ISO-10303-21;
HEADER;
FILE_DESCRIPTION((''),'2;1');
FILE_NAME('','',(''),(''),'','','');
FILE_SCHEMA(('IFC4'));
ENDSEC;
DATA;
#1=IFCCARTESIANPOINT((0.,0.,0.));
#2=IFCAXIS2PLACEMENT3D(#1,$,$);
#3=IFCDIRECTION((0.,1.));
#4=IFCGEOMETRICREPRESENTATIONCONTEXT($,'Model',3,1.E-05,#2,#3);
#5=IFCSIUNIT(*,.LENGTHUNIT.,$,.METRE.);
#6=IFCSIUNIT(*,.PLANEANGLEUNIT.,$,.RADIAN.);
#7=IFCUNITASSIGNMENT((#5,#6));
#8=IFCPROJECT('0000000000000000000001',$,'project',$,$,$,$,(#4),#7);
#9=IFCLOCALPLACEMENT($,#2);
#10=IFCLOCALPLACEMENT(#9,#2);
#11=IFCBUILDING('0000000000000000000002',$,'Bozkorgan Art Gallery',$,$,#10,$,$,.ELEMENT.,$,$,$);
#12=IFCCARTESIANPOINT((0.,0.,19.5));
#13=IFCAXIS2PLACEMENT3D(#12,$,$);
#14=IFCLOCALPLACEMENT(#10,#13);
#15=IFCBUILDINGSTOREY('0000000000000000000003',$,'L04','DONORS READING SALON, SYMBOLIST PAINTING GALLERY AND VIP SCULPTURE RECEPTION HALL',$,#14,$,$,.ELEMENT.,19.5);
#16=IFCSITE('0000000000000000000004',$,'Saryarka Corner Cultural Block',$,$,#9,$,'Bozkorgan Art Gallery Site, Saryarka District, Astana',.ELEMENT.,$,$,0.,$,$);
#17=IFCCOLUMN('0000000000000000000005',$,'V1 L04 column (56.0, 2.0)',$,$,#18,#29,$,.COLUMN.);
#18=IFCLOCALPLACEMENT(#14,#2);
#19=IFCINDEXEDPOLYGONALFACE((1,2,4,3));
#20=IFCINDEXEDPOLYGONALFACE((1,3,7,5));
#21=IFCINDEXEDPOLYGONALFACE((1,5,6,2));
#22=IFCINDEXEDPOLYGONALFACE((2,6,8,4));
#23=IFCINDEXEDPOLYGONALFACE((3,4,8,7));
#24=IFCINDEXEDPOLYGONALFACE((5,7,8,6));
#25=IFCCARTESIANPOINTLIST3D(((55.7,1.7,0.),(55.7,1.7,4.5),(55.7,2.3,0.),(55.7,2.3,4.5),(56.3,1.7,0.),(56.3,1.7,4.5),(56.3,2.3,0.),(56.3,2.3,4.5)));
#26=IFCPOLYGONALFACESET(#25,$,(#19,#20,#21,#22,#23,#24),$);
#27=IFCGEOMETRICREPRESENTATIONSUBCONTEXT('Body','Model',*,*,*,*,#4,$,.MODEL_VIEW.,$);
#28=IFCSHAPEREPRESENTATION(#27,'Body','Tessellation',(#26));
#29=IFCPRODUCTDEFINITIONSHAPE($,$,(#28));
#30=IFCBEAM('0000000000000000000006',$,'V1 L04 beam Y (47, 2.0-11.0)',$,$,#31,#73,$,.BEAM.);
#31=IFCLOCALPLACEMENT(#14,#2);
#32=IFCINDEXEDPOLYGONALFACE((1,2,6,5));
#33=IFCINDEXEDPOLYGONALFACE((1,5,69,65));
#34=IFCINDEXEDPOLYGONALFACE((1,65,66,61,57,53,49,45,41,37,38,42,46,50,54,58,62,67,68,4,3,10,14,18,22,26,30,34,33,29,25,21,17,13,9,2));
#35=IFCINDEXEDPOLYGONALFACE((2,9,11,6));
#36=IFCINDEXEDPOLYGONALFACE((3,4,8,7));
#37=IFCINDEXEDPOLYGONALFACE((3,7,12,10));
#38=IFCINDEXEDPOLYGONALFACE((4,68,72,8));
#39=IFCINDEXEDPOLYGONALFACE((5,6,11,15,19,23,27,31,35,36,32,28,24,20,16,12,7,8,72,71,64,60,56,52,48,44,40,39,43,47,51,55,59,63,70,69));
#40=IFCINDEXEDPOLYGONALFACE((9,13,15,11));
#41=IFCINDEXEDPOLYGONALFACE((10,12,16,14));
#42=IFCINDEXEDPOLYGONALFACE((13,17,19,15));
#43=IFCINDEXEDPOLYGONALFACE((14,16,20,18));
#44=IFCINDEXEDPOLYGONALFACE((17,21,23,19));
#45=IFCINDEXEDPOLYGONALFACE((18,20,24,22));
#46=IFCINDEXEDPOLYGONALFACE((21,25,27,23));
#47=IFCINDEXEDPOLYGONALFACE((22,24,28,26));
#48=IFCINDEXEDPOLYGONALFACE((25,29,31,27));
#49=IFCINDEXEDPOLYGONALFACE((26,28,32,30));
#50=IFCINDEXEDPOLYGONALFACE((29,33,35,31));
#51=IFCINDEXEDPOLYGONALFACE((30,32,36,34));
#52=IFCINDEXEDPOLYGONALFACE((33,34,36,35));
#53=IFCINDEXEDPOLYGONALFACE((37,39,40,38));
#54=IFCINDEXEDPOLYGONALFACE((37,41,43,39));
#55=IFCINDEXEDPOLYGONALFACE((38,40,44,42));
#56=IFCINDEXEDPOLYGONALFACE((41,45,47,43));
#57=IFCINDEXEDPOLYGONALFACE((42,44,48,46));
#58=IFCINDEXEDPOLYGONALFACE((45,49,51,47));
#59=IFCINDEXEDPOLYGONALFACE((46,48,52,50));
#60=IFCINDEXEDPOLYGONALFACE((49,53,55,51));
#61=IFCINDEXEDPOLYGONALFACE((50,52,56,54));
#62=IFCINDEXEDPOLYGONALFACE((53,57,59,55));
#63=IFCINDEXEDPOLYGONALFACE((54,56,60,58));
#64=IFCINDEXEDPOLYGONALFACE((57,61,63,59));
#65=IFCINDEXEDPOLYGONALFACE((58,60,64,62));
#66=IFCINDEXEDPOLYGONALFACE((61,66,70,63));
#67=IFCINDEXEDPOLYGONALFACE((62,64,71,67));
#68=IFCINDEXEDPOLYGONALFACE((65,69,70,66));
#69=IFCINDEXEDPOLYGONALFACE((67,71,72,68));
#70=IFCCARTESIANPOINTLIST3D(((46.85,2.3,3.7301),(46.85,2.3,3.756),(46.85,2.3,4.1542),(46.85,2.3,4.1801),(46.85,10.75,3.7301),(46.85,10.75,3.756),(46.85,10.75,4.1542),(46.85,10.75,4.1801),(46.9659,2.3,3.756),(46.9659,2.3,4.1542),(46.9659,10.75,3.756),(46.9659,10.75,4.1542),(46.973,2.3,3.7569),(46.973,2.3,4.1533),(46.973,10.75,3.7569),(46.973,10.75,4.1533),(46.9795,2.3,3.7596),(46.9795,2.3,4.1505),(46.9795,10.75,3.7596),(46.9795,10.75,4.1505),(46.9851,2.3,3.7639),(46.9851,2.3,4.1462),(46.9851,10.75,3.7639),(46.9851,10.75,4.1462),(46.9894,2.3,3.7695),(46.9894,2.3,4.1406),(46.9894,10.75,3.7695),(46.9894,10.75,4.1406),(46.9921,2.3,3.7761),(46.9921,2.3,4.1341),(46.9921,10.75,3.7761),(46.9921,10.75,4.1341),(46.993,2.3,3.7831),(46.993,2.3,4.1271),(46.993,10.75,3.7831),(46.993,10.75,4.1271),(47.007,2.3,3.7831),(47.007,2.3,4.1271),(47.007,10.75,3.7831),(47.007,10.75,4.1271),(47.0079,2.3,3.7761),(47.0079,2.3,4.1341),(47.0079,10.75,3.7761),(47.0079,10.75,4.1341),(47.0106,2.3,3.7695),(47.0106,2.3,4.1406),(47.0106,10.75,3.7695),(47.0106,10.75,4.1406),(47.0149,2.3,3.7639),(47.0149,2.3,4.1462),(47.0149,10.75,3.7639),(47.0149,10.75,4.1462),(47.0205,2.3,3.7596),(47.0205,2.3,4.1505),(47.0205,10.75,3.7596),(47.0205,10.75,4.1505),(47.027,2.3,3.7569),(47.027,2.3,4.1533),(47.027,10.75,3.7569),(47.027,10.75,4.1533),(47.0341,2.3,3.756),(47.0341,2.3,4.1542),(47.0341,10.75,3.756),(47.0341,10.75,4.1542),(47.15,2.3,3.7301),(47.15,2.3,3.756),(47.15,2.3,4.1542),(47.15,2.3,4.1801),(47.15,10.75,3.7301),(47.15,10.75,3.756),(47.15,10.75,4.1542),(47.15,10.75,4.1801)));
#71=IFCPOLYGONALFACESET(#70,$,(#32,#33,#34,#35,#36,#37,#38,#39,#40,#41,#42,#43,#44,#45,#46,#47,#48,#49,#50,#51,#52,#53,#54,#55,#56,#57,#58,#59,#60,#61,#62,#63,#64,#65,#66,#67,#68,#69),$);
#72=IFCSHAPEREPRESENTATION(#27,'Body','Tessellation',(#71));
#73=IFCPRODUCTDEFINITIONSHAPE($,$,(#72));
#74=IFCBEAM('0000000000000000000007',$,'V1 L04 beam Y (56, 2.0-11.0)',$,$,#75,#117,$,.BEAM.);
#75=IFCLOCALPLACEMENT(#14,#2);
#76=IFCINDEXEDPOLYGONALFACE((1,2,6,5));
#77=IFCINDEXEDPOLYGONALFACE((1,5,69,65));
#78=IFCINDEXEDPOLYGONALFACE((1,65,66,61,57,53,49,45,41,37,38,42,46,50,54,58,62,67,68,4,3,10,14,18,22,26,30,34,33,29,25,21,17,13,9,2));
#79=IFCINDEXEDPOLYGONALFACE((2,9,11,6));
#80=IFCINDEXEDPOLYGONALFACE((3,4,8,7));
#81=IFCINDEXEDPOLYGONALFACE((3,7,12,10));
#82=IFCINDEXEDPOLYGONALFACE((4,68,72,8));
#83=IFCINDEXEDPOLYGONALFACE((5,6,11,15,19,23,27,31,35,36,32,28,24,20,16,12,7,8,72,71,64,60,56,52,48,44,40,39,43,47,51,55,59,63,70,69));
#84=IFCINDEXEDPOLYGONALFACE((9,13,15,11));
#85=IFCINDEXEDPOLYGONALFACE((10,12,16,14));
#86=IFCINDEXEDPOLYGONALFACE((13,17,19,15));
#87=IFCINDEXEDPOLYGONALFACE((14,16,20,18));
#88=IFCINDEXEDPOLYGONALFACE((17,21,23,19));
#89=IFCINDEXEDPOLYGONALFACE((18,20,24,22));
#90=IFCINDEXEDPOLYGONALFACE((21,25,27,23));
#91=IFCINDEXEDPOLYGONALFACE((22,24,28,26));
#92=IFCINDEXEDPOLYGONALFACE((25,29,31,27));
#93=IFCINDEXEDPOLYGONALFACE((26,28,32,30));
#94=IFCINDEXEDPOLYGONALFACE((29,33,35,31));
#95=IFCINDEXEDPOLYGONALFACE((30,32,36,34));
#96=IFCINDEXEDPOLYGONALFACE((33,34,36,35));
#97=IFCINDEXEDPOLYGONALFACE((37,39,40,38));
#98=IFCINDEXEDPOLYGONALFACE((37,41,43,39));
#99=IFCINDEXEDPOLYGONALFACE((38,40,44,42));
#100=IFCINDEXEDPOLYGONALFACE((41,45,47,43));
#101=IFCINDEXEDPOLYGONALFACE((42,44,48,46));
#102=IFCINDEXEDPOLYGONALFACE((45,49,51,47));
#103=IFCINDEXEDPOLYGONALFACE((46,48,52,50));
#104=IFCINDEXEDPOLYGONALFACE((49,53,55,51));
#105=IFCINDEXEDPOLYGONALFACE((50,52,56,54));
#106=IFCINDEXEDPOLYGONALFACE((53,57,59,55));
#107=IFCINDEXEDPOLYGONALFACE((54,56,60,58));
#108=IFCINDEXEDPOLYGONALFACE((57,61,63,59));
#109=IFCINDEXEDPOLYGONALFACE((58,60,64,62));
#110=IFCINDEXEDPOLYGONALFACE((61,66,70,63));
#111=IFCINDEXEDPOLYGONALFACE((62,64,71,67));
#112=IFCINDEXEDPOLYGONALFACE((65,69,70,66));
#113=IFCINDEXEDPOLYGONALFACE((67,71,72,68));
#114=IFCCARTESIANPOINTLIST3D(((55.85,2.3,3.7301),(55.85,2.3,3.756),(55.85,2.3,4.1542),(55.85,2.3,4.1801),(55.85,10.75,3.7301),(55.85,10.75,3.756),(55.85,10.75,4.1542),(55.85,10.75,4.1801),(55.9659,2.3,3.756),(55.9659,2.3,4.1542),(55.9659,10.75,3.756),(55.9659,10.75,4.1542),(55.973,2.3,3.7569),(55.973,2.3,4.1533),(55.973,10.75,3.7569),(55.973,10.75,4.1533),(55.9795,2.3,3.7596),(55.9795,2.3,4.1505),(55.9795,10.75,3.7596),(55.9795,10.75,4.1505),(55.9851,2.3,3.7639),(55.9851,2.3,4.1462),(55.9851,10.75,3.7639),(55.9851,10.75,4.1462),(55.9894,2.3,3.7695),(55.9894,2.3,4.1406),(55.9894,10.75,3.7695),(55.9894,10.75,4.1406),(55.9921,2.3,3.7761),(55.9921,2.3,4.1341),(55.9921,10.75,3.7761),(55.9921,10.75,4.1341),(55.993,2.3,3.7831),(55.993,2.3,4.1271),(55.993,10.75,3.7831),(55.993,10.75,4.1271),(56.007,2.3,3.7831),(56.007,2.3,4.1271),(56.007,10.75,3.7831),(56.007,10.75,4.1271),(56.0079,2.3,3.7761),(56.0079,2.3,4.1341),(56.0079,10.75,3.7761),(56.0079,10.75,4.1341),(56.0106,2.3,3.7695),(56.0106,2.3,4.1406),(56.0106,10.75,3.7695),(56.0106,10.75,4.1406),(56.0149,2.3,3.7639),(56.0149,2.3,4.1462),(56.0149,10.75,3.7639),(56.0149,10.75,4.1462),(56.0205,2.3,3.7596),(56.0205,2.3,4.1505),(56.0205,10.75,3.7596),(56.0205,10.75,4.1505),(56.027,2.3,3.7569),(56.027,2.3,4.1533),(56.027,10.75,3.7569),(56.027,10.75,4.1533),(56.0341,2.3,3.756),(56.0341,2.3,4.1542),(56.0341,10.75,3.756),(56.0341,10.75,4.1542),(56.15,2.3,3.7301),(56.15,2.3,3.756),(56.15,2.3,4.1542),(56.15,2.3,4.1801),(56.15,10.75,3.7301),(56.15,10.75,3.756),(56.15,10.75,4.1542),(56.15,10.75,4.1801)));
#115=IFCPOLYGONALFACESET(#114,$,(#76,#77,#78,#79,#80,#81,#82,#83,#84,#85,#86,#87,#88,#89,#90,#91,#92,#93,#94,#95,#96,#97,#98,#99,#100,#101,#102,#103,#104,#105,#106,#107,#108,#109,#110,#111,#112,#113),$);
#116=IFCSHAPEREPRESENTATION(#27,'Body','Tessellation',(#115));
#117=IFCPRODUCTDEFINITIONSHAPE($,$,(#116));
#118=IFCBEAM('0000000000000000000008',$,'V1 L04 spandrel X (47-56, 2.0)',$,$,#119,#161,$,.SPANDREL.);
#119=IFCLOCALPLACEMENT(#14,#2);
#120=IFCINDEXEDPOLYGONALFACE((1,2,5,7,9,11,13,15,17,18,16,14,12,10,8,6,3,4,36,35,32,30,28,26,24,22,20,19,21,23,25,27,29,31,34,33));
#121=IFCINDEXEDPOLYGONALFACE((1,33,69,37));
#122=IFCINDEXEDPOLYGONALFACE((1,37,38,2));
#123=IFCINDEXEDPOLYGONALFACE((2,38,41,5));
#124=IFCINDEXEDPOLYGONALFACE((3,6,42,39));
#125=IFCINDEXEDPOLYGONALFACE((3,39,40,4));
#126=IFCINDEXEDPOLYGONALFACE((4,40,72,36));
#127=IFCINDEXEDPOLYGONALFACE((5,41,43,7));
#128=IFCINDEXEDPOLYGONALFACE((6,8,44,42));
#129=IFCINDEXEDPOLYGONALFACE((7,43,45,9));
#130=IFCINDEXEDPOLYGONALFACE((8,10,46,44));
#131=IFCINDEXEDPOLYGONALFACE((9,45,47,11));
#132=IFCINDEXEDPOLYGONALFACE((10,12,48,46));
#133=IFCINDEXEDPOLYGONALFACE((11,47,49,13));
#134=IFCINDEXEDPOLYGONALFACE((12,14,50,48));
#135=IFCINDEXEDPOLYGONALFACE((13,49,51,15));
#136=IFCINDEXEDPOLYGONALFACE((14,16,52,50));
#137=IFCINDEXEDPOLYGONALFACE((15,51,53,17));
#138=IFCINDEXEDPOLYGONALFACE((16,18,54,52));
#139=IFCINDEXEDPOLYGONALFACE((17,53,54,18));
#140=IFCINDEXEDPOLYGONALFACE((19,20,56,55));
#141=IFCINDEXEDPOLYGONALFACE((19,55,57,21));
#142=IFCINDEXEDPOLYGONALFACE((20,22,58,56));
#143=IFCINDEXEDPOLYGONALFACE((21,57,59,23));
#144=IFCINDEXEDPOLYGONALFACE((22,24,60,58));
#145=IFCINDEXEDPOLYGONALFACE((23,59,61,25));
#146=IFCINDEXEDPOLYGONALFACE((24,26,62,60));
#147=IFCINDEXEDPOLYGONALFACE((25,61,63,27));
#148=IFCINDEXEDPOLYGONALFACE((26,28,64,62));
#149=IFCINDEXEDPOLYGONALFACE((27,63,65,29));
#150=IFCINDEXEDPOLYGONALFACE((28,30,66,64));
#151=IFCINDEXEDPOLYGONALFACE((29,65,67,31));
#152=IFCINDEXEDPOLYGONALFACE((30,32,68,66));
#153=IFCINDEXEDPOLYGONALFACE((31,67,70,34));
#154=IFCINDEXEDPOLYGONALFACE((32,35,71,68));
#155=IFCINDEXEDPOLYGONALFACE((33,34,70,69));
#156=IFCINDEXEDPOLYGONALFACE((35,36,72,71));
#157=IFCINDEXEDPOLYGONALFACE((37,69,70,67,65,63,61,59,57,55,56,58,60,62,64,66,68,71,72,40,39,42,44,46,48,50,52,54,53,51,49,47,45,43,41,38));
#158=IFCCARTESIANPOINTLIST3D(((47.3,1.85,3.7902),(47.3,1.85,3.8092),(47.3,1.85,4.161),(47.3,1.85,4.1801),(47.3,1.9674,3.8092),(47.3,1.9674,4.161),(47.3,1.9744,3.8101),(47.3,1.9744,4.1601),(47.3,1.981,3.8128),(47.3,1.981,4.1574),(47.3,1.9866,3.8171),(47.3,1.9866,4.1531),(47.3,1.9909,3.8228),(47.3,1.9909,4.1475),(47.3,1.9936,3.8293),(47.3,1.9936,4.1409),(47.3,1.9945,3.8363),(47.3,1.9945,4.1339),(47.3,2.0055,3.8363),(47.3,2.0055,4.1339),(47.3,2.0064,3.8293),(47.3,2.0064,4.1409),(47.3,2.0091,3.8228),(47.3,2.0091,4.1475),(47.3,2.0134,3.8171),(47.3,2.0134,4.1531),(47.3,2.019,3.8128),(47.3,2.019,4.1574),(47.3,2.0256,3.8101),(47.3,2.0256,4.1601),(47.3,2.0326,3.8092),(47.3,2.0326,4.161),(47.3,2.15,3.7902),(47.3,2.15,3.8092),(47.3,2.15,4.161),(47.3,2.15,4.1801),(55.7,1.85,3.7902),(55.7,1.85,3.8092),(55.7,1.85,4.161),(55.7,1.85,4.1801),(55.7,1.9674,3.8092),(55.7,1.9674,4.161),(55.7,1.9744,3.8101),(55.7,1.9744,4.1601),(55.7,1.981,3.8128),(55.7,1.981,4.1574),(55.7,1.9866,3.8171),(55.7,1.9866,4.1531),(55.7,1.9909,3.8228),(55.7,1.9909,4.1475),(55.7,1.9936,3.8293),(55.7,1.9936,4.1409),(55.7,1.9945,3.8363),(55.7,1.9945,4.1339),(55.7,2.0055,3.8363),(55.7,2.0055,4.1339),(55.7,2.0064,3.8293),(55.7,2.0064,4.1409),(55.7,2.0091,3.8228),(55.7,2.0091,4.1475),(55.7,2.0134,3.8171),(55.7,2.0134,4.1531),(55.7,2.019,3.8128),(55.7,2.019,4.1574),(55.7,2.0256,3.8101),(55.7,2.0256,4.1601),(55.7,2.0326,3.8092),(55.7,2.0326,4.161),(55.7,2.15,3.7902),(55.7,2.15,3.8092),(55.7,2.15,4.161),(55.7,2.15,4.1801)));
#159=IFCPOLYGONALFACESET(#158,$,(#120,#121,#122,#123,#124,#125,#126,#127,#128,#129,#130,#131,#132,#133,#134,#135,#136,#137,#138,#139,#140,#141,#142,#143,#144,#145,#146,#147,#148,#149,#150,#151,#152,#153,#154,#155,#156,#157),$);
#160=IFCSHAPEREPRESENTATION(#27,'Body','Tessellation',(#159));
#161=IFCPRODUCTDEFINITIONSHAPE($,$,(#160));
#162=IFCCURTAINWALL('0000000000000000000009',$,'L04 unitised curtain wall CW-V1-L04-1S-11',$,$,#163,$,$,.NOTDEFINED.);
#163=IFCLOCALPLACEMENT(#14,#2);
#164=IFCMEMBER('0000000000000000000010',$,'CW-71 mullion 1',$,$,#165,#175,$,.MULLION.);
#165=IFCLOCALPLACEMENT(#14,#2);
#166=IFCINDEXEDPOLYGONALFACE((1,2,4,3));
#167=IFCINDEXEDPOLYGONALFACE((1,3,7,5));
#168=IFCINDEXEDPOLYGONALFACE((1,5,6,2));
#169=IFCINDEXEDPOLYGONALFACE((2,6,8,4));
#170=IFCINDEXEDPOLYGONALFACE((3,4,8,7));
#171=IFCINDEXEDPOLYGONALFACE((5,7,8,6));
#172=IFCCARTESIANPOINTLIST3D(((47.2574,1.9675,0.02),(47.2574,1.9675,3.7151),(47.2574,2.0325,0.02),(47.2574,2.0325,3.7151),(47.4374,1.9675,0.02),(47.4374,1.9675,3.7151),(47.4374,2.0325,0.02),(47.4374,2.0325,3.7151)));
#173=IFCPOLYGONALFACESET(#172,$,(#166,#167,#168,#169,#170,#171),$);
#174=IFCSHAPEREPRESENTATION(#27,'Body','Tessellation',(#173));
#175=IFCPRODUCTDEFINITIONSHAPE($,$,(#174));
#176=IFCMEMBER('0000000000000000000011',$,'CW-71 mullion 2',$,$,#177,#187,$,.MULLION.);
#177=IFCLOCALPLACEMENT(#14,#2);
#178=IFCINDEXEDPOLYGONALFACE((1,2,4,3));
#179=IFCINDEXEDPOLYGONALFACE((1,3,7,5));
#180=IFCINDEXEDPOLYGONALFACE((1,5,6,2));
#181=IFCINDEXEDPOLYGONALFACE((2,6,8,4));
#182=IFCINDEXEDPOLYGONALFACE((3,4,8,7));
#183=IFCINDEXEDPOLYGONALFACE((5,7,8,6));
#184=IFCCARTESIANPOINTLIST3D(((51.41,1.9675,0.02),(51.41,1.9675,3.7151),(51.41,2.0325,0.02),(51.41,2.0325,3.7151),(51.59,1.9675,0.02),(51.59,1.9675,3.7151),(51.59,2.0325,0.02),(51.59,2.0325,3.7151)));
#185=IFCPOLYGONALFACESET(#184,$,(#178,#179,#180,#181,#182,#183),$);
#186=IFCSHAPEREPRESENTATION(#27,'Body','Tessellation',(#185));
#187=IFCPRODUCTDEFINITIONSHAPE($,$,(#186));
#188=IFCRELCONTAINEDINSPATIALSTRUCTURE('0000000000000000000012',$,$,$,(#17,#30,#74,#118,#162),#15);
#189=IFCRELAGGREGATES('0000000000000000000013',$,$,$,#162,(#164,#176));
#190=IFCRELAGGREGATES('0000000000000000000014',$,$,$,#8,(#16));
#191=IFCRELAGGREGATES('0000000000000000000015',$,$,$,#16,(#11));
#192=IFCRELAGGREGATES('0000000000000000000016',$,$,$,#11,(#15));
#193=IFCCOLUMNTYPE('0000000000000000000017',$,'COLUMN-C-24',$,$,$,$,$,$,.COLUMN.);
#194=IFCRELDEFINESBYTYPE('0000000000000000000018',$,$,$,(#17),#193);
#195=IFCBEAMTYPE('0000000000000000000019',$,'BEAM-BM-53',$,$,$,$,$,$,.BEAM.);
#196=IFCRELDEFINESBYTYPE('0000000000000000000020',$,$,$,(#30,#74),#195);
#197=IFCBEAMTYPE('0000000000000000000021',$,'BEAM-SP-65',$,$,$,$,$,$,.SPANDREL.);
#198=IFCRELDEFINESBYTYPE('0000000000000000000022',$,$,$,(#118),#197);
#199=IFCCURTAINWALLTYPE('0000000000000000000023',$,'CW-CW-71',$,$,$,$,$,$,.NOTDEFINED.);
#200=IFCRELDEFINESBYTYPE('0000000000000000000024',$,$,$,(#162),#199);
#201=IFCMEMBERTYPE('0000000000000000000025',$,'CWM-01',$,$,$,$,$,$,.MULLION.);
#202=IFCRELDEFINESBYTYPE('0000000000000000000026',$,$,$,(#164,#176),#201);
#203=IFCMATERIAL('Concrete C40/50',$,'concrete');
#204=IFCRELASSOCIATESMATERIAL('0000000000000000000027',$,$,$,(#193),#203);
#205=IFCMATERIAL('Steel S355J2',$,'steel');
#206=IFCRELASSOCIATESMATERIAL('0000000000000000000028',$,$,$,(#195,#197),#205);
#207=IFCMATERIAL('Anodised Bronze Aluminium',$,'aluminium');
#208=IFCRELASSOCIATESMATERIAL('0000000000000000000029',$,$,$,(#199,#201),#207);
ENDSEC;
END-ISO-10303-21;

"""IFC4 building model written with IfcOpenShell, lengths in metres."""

from ifc_helpers import new_model, si_unit, direction, frame, origin, origin_2d, place, context, subcontext, project, spatial, rectangle, i_section, extrude, material, material_profile, profile_set, type_object, element, aggregate, save


model = new_model("IFC4")

# Units and contexts
model_context = context("Model", 3, precision=1e-05, world=origin(), true_north=direction((0.0, 1.0)))
body_context = subcontext(model_context, "Body", "Model", "MODEL_VIEW")
ifc_project = project(units=[si_unit("LENGTHUNIT", "METRE"), si_unit("PLANEANGLEUNIT", "RADIAN")], contexts=[model_context])

# Site, building, storey
site_placement = place(None, origin())
site = spatial("IfcSite", under=ifc_project, at=site_placement, Name="Saryarka Corner Cultural Block", LongName="Bozkorgan Art Gallery Site, Saryarka District, Astana", CompositionType="ELEMENT", RefElevation=0.0)
building_placement = place(site_placement, origin())
building = spatial("IfcBuilding", under=site, at=building_placement, Name="Bozkorgan Art Gallery", CompositionType="ELEMENT")
storey_placement = place(building_placement, frame((0.0, 0.0, 19.5)))
storey = spatial("IfcBuildingStorey", under=building, at=storey_placement, Name="L04", Description="DONORS READING SALON, SYMBOLIST PAINTING GALLERY AND VIP SCULPTURE RECEPTION HALL", CompositionType="ELEMENT", Elevation=19.5)

# Column
ifc_material_1 = material(Name="Concrete C40/50", Category="concrete")
ifc_material_profile_1 = material_profile(ifc_material_1, rectangle(XDim=0.6001, YDim=0.6001, at=origin_2d()), Name="RC 600x600")
ifc_profile_set_1 = profile_set([ifc_material_profile_1], Name="Concrete C40/50")
column_type = type_object("IfcColumnType", Name="COLUMN-C-24", PredefinedType="COLUMN", material=ifc_profile_set_1)
column_placement = place(storey_placement, frame((56.0, 2.0, 0.0), z_axis=(0.0, 0.0, 1.0), x_axis=(1.0, 0.0, 0.0)))
element("IfcColumn", 1, at=column_placement, inside=storey, type_object=column_type, Name="V1 L04 column (56.0, 2.0)", PredefinedType="COLUMN", context=body_context, shape_type="SweptSolid", body=[
    extrude(rectangle(XDim=0.6001, YDim=0.6001, at=origin_2d()), origin(), (0.0, 0.0, 1.0), 4.5),
])

# Beams
ifc_material_2 = material(Name="Steel S355J2", Category="steel")
ifc_material_profile_2 = material_profile(ifc_material_2, i_section(OverallWidth=0.3, OverallDepth=0.45, WebThickness=0.0139, FlangeThickness=0.0259, FilletRadius=0.0271, at=origin_2d()), Name="HEB 450")
ifc_profile_set_2 = profile_set([ifc_material_profile_2], Name="Steel S355J2")
beam_type_1 = type_object("IfcBeamType", Name="BEAM-BM-53", PredefinedType="BEAM", material=ifc_profile_set_2)
for number, where, z_axis, x_axis, name in (
    (2, (47.0, 2.3, 3.9551), (0.0, 1.0, 0.0), (-1.0, 0.0, 0.0), "V1 L04 beam Y (47, 2.0-11.0)"),
    (3, (56.0, 2.3, 3.9551), (0.0, 1.0, 0.0), (-1.0, 0.0, 0.0), "V1 L04 beam Y (56, 2.0-11.0)"),
):
    element("IfcBeam", number, at=place(storey_placement, frame(where, z_axis=z_axis, x_axis=x_axis)), inside=storey, type_object=beam_type_1, Name=name, PredefinedType="BEAM", context=body_context, shape_type="SweptSolid", body=[
        extrude(i_section(OverallWidth=0.3, OverallDepth=0.45, WebThickness=0.0139, FlangeThickness=0.0259, FilletRadius=0.0271, at=origin_2d()), origin(), (0.0, 0.0, 1.0), 8.45),
    ])
ifc_material_profile_3 = material_profile(ifc_material_2, i_section(OverallWidth=0.3, OverallDepth=0.3899, WebThickness=0.011, FlangeThickness=0.019, FilletRadius=0.0271, at=origin_2d()), Name="HEA 400")
ifc_profile_set_3 = profile_set([ifc_material_profile_3], Name="Steel S355J2")
beam_type_2 = type_object("IfcBeamType", Name="BEAM-SP-65", PredefinedType="SPANDREL", material=ifc_profile_set_3)
beam_placement = place(storey_placement, frame((47.3, 2.0, 3.9851), z_axis=(1.0, 0.0, 0.0), x_axis=(0.0, 1.0, 0.0)))
element("IfcBeam", 4, at=beam_placement, inside=storey, type_object=beam_type_2, Name="V1 L04 spandrel X (47-56, 2.0)", PredefinedType="SPANDREL", context=body_context, shape_type="SweptSolid", body=[
    extrude(i_section(OverallWidth=0.3, OverallDepth=0.3899, WebThickness=0.011, FlangeThickness=0.019, FilletRadius=0.0271, at=origin_2d()), origin(), (0.0, 0.0, 1.0), 8.3999),
])

# Curtain wall, members
ifc_material_3 = material(Name="Anodised Bronze Aluminium", Category="aluminium")
curtain_wall_type = type_object("IfcCurtainWallType", Name="CW-CW-71", PredefinedType="NOTDEFINED", material=ifc_material_3)
curtain_wall_placement = place(storey_placement, origin())
curtain_wall = element("IfcCurtainWall", 5, at=curtain_wall_placement, inside=storey, type_object=curtain_wall_type, Name="L04 unitised curtain wall CW-V1-L04-1S-11", PredefinedType="NOTDEFINED")
ifc_material_profile_4 = material_profile(ifc_material_3, rectangle(XDim=0.0649, YDim=0.1799, at=origin_2d()), Name="ALU MULLION 65x180")
ifc_profile_set_4 = profile_set([ifc_material_profile_4], Name="Anodised Bronze Aluminium")
member_type_1 = type_object("IfcMemberType", Name="CWM-01", PredefinedType="MULLION", material=ifc_profile_set_4)
member_1_placement = place(storey_placement, frame((47.3474, 2.0, 0.02), z_axis=(0.0, 0.0, 1.0), x_axis=(0.0, 1.0, 0.0)))
member_1 = element("IfcMember", 6, at=member_1_placement, type_object=member_type_1, Name="CW-71 mullion 1", PredefinedType="MULLION", context=body_context, shape_type="SweptSolid", body=[
    extrude(rectangle(XDim=0.0649, YDim=0.1799, at=origin_2d()), origin(), (0.0, 0.0, 1.0), 3.6951),
])
member_2_placement = place(storey_placement, frame((51.5, 2.0, 0.02), z_axis=(0.0, 0.0, 1.0), x_axis=(0.0, 1.0, 0.0)))
member_2 = element("IfcMember", 7, at=member_2_placement, type_object=member_type_1, Name="CW-71 mullion 2", PredefinedType="MULLION", context=body_context, shape_type="SweptSolid", body=[
    extrude(rectangle(XDim=0.0649, YDim=0.1799, at=origin_2d()), origin(), (0.0, 0.0, 1.0), 3.6951),
])
aggregate(curtain_wall, [member_1, member_2])

save(model, "model.ifc")
